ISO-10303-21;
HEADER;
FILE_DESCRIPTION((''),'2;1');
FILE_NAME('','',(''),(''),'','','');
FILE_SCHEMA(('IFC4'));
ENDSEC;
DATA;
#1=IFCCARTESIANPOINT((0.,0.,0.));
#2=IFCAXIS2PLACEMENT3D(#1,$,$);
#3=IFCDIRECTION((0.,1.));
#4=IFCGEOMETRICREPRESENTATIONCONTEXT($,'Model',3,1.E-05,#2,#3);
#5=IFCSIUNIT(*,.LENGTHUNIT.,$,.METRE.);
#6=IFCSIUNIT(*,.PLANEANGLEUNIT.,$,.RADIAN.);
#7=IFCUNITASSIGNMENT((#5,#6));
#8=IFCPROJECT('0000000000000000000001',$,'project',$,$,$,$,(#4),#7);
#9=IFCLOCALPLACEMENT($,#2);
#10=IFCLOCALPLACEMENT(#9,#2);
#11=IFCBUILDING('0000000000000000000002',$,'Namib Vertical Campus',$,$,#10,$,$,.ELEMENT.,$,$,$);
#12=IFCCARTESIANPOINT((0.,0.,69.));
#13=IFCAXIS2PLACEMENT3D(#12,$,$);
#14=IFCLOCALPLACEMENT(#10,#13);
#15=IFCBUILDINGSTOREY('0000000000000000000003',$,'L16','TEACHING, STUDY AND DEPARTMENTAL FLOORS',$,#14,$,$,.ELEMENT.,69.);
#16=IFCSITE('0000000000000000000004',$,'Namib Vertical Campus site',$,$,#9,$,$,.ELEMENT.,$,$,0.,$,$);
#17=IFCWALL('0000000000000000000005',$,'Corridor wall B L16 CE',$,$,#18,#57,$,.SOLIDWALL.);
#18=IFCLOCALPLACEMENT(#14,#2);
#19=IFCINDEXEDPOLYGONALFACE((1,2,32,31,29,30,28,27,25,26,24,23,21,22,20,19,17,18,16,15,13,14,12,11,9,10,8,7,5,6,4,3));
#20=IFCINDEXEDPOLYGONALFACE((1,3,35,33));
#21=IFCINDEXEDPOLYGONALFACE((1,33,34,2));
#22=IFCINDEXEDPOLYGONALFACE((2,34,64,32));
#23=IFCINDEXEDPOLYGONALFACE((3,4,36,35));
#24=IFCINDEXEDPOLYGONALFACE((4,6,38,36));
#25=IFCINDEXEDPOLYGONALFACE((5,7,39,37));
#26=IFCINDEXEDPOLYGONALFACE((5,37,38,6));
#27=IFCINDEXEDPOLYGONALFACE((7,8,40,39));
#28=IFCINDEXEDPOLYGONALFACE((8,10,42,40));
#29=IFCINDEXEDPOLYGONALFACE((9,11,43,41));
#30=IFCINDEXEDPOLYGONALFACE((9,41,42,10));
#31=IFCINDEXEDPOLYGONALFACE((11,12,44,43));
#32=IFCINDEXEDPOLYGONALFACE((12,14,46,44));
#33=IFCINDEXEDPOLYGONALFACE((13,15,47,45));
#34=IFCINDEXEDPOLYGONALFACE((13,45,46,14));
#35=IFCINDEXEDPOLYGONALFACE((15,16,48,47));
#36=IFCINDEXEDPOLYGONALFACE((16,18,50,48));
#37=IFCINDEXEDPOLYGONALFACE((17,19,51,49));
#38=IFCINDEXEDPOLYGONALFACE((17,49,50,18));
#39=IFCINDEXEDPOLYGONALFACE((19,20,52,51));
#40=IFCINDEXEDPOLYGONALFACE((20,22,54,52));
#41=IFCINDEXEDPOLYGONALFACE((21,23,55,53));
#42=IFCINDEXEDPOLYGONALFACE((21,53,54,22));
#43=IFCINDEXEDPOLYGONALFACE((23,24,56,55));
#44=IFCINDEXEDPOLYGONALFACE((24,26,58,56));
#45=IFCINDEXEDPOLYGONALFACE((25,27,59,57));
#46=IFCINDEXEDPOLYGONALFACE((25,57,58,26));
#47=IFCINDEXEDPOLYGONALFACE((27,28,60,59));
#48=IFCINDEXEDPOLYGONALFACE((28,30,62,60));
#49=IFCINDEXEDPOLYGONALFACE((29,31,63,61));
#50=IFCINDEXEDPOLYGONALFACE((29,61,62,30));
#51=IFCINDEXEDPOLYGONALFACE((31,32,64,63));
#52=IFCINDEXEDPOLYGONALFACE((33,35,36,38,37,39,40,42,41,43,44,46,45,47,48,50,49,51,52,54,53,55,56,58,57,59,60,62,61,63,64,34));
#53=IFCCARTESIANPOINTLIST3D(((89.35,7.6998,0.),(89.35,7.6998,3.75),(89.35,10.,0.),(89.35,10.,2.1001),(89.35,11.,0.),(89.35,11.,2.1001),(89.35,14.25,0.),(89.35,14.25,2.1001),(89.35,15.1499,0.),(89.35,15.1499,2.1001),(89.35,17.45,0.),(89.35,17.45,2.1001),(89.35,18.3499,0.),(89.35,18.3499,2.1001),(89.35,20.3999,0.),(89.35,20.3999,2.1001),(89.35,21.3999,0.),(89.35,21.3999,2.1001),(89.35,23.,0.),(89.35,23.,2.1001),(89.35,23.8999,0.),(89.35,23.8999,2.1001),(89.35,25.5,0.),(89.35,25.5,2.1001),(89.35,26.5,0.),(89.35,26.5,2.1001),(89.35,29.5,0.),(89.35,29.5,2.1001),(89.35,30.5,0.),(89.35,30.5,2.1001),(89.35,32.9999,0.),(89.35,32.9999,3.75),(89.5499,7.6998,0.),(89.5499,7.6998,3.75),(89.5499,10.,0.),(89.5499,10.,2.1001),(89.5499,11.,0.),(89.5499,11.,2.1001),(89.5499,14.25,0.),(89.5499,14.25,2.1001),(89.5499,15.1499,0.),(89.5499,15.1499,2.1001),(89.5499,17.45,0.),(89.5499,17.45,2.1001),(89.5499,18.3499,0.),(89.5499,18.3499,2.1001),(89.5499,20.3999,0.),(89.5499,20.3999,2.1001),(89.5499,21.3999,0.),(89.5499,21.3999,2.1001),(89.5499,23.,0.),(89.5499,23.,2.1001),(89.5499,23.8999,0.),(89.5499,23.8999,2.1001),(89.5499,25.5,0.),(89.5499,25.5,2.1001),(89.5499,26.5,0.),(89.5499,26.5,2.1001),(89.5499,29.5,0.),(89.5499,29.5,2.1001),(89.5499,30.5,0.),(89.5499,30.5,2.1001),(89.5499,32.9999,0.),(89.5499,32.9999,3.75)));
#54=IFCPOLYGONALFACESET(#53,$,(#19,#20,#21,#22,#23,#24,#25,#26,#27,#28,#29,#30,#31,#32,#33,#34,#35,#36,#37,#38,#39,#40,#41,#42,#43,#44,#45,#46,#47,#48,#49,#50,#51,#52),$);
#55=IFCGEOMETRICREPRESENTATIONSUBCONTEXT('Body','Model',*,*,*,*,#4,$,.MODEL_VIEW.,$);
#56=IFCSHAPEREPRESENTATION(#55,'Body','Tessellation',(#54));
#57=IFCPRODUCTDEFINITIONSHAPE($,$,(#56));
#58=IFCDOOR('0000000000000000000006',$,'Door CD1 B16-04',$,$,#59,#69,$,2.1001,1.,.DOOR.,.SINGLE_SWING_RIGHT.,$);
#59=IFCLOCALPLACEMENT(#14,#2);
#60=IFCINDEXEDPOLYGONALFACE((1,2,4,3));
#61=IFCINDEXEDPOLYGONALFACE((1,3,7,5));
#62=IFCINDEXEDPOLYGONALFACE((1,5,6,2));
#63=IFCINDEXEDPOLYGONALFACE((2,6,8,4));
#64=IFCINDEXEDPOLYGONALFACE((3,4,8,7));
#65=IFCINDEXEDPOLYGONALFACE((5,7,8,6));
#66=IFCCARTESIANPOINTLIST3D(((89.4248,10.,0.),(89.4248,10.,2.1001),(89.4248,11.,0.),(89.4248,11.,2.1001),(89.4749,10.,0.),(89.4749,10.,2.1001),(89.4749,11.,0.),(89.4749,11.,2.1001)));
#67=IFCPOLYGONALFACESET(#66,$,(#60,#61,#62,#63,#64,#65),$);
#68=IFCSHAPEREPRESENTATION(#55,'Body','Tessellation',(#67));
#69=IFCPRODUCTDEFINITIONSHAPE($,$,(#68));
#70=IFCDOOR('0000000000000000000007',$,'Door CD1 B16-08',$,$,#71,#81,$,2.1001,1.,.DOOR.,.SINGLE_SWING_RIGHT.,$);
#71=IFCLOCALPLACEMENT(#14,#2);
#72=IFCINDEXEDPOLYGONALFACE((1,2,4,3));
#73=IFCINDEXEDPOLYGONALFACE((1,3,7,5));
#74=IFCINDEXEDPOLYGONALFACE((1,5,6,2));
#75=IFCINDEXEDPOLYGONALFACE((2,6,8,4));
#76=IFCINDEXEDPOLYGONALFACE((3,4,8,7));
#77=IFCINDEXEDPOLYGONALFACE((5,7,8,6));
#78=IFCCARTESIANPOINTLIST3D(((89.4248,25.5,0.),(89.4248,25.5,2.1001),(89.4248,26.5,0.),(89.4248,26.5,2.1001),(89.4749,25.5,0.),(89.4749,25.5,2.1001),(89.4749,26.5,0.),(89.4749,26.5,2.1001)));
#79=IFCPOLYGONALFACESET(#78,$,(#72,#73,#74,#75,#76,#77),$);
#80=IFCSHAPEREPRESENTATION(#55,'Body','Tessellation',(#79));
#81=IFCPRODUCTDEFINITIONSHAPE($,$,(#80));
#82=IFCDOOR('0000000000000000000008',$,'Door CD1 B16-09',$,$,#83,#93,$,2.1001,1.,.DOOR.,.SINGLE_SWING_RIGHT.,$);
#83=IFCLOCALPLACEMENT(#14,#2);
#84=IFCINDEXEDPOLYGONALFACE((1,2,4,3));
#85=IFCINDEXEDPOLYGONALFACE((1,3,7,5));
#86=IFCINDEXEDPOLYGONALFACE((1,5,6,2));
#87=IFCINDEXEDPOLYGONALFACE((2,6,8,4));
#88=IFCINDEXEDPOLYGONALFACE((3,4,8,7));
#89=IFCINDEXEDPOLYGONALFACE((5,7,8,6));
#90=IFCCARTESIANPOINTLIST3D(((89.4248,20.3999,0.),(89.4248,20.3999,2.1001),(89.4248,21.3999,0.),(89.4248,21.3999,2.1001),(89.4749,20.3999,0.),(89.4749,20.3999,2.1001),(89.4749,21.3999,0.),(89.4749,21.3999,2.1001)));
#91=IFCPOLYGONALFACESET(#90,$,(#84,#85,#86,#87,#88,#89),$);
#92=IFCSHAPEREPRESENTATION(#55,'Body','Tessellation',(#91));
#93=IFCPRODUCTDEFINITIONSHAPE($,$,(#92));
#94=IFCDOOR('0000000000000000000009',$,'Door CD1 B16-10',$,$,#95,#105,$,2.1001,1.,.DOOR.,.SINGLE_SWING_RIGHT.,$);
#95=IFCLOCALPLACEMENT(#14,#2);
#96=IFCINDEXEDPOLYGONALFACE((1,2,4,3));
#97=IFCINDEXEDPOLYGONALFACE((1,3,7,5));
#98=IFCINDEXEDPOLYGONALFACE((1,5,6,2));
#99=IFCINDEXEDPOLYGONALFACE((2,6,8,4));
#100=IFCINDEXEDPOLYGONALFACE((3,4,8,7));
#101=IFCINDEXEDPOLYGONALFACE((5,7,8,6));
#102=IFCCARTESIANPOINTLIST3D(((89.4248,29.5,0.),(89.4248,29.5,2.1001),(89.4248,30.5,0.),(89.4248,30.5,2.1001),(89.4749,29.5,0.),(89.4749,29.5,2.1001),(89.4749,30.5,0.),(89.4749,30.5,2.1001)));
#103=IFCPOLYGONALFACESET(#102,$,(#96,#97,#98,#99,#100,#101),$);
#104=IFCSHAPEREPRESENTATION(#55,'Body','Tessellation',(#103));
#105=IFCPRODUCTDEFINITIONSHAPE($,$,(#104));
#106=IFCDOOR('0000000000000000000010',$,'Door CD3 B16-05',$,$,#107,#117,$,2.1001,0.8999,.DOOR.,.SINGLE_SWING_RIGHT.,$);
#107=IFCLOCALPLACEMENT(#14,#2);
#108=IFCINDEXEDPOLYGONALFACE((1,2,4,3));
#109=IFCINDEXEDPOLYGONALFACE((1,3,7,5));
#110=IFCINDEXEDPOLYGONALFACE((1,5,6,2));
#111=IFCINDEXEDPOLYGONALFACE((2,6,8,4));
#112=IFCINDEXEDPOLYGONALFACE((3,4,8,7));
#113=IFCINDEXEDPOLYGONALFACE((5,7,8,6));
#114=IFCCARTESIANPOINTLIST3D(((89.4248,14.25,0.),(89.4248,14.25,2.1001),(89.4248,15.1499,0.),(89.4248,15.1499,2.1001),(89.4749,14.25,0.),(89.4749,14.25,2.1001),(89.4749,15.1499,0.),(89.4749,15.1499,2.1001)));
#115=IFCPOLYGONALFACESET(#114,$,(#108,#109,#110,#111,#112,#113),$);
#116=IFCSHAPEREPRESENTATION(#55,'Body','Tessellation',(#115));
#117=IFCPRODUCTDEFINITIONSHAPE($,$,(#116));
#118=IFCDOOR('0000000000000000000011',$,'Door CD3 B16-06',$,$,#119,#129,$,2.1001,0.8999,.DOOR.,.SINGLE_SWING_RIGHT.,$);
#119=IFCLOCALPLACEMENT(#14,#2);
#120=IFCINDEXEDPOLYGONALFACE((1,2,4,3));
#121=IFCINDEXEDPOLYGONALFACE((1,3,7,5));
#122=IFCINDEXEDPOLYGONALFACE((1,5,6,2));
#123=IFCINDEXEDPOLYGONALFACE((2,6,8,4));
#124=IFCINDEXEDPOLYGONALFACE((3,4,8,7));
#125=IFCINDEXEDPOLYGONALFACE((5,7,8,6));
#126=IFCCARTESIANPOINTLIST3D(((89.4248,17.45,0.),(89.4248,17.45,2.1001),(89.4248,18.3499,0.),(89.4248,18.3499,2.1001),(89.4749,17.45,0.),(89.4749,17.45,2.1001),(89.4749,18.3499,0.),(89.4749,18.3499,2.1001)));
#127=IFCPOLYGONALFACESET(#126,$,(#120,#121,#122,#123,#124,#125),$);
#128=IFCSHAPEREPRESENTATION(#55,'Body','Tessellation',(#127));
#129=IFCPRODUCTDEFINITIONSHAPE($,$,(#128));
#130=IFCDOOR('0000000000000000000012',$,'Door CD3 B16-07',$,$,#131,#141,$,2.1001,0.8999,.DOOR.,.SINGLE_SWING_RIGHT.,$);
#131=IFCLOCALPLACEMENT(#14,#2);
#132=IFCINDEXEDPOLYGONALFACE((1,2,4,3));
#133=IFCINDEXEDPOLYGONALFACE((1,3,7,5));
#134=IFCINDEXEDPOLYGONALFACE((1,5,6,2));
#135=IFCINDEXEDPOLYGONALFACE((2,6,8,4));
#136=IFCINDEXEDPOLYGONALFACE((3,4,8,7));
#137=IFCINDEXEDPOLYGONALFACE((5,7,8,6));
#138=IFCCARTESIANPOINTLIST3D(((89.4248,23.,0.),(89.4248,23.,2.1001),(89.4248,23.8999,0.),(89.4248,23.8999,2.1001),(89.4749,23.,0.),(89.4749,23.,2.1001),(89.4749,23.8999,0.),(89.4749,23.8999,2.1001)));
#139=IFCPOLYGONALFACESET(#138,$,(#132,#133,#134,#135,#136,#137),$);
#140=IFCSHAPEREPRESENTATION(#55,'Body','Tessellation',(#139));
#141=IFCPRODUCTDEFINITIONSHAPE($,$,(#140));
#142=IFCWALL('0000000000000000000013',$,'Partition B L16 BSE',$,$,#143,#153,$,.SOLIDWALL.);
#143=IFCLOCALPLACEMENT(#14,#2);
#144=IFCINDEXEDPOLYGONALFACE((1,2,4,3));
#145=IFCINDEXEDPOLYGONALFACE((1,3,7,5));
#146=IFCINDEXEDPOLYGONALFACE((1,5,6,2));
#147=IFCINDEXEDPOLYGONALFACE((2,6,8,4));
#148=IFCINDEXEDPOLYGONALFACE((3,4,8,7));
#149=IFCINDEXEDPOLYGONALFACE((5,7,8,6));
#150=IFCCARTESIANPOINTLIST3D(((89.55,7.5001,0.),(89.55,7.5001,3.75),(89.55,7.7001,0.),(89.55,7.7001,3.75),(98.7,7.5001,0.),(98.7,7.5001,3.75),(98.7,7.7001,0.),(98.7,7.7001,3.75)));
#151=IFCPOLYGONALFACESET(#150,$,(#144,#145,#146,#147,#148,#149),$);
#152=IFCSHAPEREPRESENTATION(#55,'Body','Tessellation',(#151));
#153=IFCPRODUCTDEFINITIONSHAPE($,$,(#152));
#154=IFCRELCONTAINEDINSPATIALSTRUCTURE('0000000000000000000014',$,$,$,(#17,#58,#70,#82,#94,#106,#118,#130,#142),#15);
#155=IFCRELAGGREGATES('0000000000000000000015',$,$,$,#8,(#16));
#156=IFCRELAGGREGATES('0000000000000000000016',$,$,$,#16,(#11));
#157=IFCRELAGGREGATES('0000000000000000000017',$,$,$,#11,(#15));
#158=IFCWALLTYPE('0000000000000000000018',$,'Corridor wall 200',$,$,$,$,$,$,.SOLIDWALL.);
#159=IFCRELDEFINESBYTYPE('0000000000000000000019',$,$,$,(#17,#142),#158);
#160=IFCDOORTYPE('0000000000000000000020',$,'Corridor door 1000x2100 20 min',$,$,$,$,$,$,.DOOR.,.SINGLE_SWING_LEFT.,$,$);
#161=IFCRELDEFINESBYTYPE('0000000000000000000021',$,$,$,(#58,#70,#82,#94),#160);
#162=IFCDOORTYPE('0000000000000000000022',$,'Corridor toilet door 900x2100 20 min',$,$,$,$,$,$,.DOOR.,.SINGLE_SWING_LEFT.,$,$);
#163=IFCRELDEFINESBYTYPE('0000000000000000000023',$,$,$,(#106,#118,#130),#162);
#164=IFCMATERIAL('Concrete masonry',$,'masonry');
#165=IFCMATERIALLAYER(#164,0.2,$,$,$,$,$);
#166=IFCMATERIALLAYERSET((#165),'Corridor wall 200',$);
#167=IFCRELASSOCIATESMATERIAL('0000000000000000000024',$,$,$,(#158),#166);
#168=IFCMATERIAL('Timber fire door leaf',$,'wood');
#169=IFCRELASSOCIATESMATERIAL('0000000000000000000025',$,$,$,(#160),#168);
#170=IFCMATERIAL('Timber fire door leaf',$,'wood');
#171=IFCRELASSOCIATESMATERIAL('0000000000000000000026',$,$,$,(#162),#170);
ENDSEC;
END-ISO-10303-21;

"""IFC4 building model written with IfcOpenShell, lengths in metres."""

from ifc_helpers import new_model, si_unit, direction, frame, frame_2d, origin, place, context, subcontext, project, spatial, rectangle, extrude, material, layer, layer_set, type_object, element, fill, save


model = new_model("IFC4")

# Units and contexts
model_context = context("Model", 3, precision=1e-05, world=origin(), true_north=direction((0.0, 1.0)))
body_context = subcontext(model_context, "Body", "Model", "MODEL_VIEW")
ifc_project = project(units=[si_unit("LENGTHUNIT", "METRE"), si_unit("PLANEANGLEUNIT", "RADIAN")], contexts=[model_context])

# Site, building, storey
site_placement = place(None, origin())
site = spatial("IfcSite", under=ifc_project, at=site_placement, Name="Namib Vertical Campus site", CompositionType="ELEMENT", RefElevation=0.0)
building_placement = place(site_placement, origin())
building = spatial("IfcBuilding", under=site, at=building_placement, Name="Namib Vertical Campus", CompositionType="ELEMENT")
storey_placement = place(building_placement, frame((0.0, 0.0, 69.0)))
storey = spatial("IfcBuildingStorey", under=building, at=storey_placement, Name="L16", Description="TEACHING, STUDY AND DEPARTMENTAL FLOORS", CompositionType="ELEMENT", Elevation=69.0)

# Wall, openings, doors
ifc_material_1 = material(Name="Concrete masonry", Category="masonry")
ifc_layer_1 = layer(ifc_material_1, 0.2)
ifc_layer_set_1 = layer_set([ifc_layer_1], Name="Corridor wall 200")
wall_type_1 = type_object("IfcWallType", Name="Corridor wall 200", PredefinedType="SOLIDWALL", material=ifc_layer_set_1)
wall_1_placement = place(storey_placement, frame((89.45, 7.7, 0.0), z_axis=(0.0, 0.0, 1.0), x_axis=(0.0, 1.0, 0.0)))
wall_1 = element("IfcWall", 1, at=wall_1_placement, inside=storey, type_object=wall_type_1, Name="Corridor wall B L16 CE", PredefinedType="SOLIDWALL", context=body_context, shape_type="SweptSolid", body=[
    extrude(rectangle(XDim=25.3, YDim=0.2, at=frame_2d((12.6499, 0.0))), origin(), (0.0, 0.0, 1.0), 3.75),
])
opening_1_placement = place(wall_1_placement, frame((2.3, 0.0, 0.0)))
opening_1 = element("IfcOpeningElement", 2, at=opening_1_placement, cuts=wall_1, PredefinedType="OPENING", context=body_context, shape_type="SweptSolid", body=[
    extrude(rectangle(XDim=1.0, YDim=2.1001, at=frame_2d((0.5, 1.05))), frame((0.0, 0.1099, 0.0), z_axis=(0.0, -1.0, 0.0), x_axis=(1.0, 0.0, 0.0)), (0.0, 0.0, 1.0), 0.22),
])
opening_2_placement = place(wall_1_placement, frame((6.55, 0.0, 0.0)))
opening_2 = element("IfcOpeningElement", 3, at=opening_2_placement, cuts=wall_1, PredefinedType="OPENING", context=body_context, shape_type="SweptSolid", body=[
    extrude(rectangle(XDim=0.8999, YDim=2.1001, at=frame_2d((0.45, 1.05))), frame((0.0, 0.1099, 0.0), z_axis=(0.0, -1.0, 0.0), x_axis=(1.0, 0.0, 0.0)), (0.0, 0.0, 1.0), 0.22),
])
opening_3_placement = place(wall_1_placement, frame((9.75, 0.0, 0.0)))
opening_3 = element("IfcOpeningElement", 4, at=opening_3_placement, cuts=wall_1, PredefinedType="OPENING", context=body_context, shape_type="SweptSolid", body=[
    extrude(rectangle(XDim=0.8999, YDim=2.1001, at=frame_2d((0.45, 1.05))), frame((0.0, 0.1099, 0.0), z_axis=(0.0, -1.0, 0.0), x_axis=(1.0, 0.0, 0.0)), (0.0, 0.0, 1.0), 0.22),
])
opening_4_placement = place(wall_1_placement, frame((15.3, 0.0, 0.0)))
opening_4 = element("IfcOpeningElement", 5, at=opening_4_placement, cuts=wall_1, PredefinedType="OPENING", context=body_context, shape_type="SweptSolid", body=[
    extrude(rectangle(XDim=0.8999, YDim=2.1001, at=frame_2d((0.45, 1.05))), frame((0.0, 0.1099, 0.0), z_axis=(0.0, -1.0, 0.0), x_axis=(1.0, 0.0, 0.0)), (0.0, 0.0, 1.0), 0.22),
])
opening_5_placement = place(wall_1_placement, frame((17.8, 0.0, 0.0)))
opening_5 = element("IfcOpeningElement", 6, at=opening_5_placement, cuts=wall_1, PredefinedType="OPENING", context=body_context, shape_type="SweptSolid", body=[
    extrude(rectangle(XDim=1.0, YDim=2.1001, at=frame_2d((0.5, 1.05))), frame((0.0, 0.1099, 0.0), z_axis=(0.0, -1.0, 0.0), x_axis=(1.0, 0.0, 0.0)), (0.0, 0.0, 1.0), 0.22),
])
opening_6_placement = place(wall_1_placement, frame((12.7, 0.0, 0.0)))
opening_6 = element("IfcOpeningElement", 7, at=opening_6_placement, cuts=wall_1, PredefinedType="OPENING", context=body_context, shape_type="SweptSolid", body=[
    extrude(rectangle(XDim=1.0, YDim=2.1001, at=frame_2d((0.5, 1.05))), frame((0.0, 0.1099, 0.0), z_axis=(0.0, -1.0, 0.0), x_axis=(1.0, 0.0, 0.0)), (0.0, 0.0, 1.0), 0.22),
])
opening_7_placement = place(wall_1_placement, frame((21.8, 0.0, 0.0)))
opening_7 = element("IfcOpeningElement", 8, at=opening_7_placement, cuts=wall_1, PredefinedType="OPENING", context=body_context, shape_type="SweptSolid", body=[
    extrude(rectangle(XDim=1.0, YDim=2.1001, at=frame_2d((0.5, 1.05))), frame((0.0, 0.1099, 0.0), z_axis=(0.0, -1.0, 0.0), x_axis=(1.0, 0.0, 0.0)), (0.0, 0.0, 1.0), 0.22),
])
ifc_material_2 = material(Name="Timber fire door leaf", Category="wood")
door_type_1 = type_object("IfcDoorType", Name="Corridor door 1000x2100 20 min", OperationType="SINGLE_SWING_LEFT", PredefinedType="DOOR", material=ifc_material_2)
door_1_placement = place(opening_1_placement, frame((1.0, 0.0, 0.0), z_axis=(0.0, 0.0, 1.0), x_axis=(-1.0, 0.0, 0.0)))
door_1 = element("IfcDoor", 9, at=door_1_placement, inside=storey, type_object=door_type_1, Name="Door CD1 B16-04", OperationType="SINGLE_SWING_RIGHT", OverallHeight=2.1001, OverallWidth=1.0, PredefinedType="DOOR", context=body_context, shape_type="SweptSolid", body=[
    extrude(rectangle(XDim=1.0, YDim=2.1001, at=frame_2d((0.5, 1.05))), frame((0.0, 0.0249, 0.0), z_axis=(0.0, -1.0, 0.0), x_axis=(1.0, 0.0, 0.0)), (0.0, 0.0, 1.0), 0.05),
])
fill(opening_1, door_1)
door_2_placement = place(opening_5_placement, frame((1.0, 0.0, 0.0), z_axis=(0.0, 0.0, 1.0), x_axis=(-1.0, 0.0, 0.0)))
door_2 = element("IfcDoor", 10, at=door_2_placement, inside=storey, type_object=door_type_1, Name="Door CD1 B16-08", OperationType="SINGLE_SWING_RIGHT", OverallHeight=2.1001, OverallWidth=1.0, PredefinedType="DOOR", context=body_context, shape_type="SweptSolid", body=[
    extrude(rectangle(XDim=1.0, YDim=2.1001, at=frame_2d((0.5, 1.05))), frame((0.0, 0.0249, 0.0), z_axis=(0.0, -1.0, 0.0), x_axis=(1.0, 0.0, 0.0)), (0.0, 0.0, 1.0), 0.05),
])
fill(opening_5, door_2)
door_3_placement = place(opening_6_placement, frame((1.0, 0.0, 0.0), z_axis=(0.0, 0.0, 1.0), x_axis=(-1.0, 0.0, 0.0)))
door_3 = element("IfcDoor", 11, at=door_3_placement, inside=storey, type_object=door_type_1, Name="Door CD1 B16-09", OperationType="SINGLE_SWING_RIGHT", OverallHeight=2.1001, OverallWidth=1.0, PredefinedType="DOOR", context=body_context, shape_type="SweptSolid", body=[
    extrude(rectangle(XDim=1.0, YDim=2.1001, at=frame_2d((0.5, 1.05))), frame((0.0, 0.0249, 0.0), z_axis=(0.0, -1.0, 0.0), x_axis=(1.0, 0.0, 0.0)), (0.0, 0.0, 1.0), 0.05),
])
fill(opening_6, door_3)
door_4_placement = place(opening_7_placement, frame((1.0, 0.0, 0.0), z_axis=(0.0, 0.0, 1.0), x_axis=(-1.0, 0.0, 0.0)))
door_4 = element("IfcDoor", 12, at=door_4_placement, inside=storey, type_object=door_type_1, Name="Door CD1 B16-10", OperationType="SINGLE_SWING_RIGHT", OverallHeight=2.1001, OverallWidth=1.0, PredefinedType="DOOR", context=body_context, shape_type="SweptSolid", body=[
    extrude(rectangle(XDim=1.0, YDim=2.1001, at=frame_2d((0.5, 1.05))), frame((0.0, 0.0249, 0.0), z_axis=(0.0, -1.0, 0.0), x_axis=(1.0, 0.0, 0.0)), (0.0, 0.0, 1.0), 0.05),
])
fill(opening_7, door_4)
ifc_material_3 = material(Name="Timber fire door leaf", Category="wood")
door_type_2 = type_object("IfcDoorType", Name="Corridor toilet door 900x2100 20 min", OperationType="SINGLE_SWING_LEFT", PredefinedType="DOOR", material=ifc_material_3)
door_5_placement = place(opening_2_placement, frame((0.8999, 0.0, 0.0), z_axis=(0.0, 0.0, 1.0), x_axis=(-1.0, 0.0, 0.0)))
door_5 = element("IfcDoor", 13, at=door_5_placement, inside=storey, type_object=door_type_2, Name="Door CD3 B16-05", OperationType="SINGLE_SWING_RIGHT", OverallHeight=2.1001, OverallWidth=0.8999, PredefinedType="DOOR", context=body_context, shape_type="SweptSolid", body=[
    extrude(rectangle(XDim=0.8999, YDim=2.1001, at=frame_2d((0.45, 1.05))), frame((0.0, 0.0249, 0.0), z_axis=(0.0, -1.0, 0.0), x_axis=(1.0, 0.0, 0.0)), (0.0, 0.0, 1.0), 0.05),
])
fill(opening_2, door_5)
door_6_placement = place(opening_3_placement, frame((0.8999, 0.0, 0.0), z_axis=(0.0, 0.0, 1.0), x_axis=(-1.0, 0.0, 0.0)))
door_6 = element("IfcDoor", 14, at=door_6_placement, inside=storey, type_object=door_type_2, Name="Door CD3 B16-06", OperationType="SINGLE_SWING_RIGHT", OverallHeight=2.1001, OverallWidth=0.8999, PredefinedType="DOOR", context=body_context, shape_type="SweptSolid", body=[
    extrude(rectangle(XDim=0.8999, YDim=2.1001, at=frame_2d((0.45, 1.05))), frame((0.0, 0.0249, 0.0), z_axis=(0.0, -1.0, 0.0), x_axis=(1.0, 0.0, 0.0)), (0.0, 0.0, 1.0), 0.05),
])
fill(opening_3, door_6)
door_7_placement = place(opening_4_placement, frame((0.8999, 0.0, 0.0), z_axis=(0.0, 0.0, 1.0), x_axis=(-1.0, 0.0, 0.0)))
door_7 = element("IfcDoor", 15, at=door_7_placement, inside=storey, type_object=door_type_2, Name="Door CD3 B16-07", OperationType="SINGLE_SWING_RIGHT", OverallHeight=2.1001, OverallWidth=0.8999, PredefinedType="DOOR", context=body_context, shape_type="SweptSolid", body=[
    extrude(rectangle(XDim=0.8999, YDim=2.1001, at=frame_2d((0.45, 1.05))), frame((0.0, 0.0249, 0.0), z_axis=(0.0, -1.0, 0.0), x_axis=(1.0, 0.0, 0.0)), (0.0, 0.0, 1.0), 0.05),
])
fill(opening_4, door_7)

# Wall
wall_2_placement = place(storey_placement, frame((89.55, 7.6001, 0.0), z_axis=(0.0, 0.0, 1.0), x_axis=(1.0, 0.0, 0.0)))
element("IfcWall", 16, at=wall_2_placement, inside=storey, type_object=wall_type_1, Name="Partition B L16 BSE", PredefinedType="SOLIDWALL", context=body_context, shape_type="SweptSolid", body=[
    extrude(rectangle(XDim=9.1499, YDim=0.2, at=frame_2d((4.575, 0.0))), origin(), (0.0, 0.0, 1.0), 3.75),
])

save(model, "model.ifc")
